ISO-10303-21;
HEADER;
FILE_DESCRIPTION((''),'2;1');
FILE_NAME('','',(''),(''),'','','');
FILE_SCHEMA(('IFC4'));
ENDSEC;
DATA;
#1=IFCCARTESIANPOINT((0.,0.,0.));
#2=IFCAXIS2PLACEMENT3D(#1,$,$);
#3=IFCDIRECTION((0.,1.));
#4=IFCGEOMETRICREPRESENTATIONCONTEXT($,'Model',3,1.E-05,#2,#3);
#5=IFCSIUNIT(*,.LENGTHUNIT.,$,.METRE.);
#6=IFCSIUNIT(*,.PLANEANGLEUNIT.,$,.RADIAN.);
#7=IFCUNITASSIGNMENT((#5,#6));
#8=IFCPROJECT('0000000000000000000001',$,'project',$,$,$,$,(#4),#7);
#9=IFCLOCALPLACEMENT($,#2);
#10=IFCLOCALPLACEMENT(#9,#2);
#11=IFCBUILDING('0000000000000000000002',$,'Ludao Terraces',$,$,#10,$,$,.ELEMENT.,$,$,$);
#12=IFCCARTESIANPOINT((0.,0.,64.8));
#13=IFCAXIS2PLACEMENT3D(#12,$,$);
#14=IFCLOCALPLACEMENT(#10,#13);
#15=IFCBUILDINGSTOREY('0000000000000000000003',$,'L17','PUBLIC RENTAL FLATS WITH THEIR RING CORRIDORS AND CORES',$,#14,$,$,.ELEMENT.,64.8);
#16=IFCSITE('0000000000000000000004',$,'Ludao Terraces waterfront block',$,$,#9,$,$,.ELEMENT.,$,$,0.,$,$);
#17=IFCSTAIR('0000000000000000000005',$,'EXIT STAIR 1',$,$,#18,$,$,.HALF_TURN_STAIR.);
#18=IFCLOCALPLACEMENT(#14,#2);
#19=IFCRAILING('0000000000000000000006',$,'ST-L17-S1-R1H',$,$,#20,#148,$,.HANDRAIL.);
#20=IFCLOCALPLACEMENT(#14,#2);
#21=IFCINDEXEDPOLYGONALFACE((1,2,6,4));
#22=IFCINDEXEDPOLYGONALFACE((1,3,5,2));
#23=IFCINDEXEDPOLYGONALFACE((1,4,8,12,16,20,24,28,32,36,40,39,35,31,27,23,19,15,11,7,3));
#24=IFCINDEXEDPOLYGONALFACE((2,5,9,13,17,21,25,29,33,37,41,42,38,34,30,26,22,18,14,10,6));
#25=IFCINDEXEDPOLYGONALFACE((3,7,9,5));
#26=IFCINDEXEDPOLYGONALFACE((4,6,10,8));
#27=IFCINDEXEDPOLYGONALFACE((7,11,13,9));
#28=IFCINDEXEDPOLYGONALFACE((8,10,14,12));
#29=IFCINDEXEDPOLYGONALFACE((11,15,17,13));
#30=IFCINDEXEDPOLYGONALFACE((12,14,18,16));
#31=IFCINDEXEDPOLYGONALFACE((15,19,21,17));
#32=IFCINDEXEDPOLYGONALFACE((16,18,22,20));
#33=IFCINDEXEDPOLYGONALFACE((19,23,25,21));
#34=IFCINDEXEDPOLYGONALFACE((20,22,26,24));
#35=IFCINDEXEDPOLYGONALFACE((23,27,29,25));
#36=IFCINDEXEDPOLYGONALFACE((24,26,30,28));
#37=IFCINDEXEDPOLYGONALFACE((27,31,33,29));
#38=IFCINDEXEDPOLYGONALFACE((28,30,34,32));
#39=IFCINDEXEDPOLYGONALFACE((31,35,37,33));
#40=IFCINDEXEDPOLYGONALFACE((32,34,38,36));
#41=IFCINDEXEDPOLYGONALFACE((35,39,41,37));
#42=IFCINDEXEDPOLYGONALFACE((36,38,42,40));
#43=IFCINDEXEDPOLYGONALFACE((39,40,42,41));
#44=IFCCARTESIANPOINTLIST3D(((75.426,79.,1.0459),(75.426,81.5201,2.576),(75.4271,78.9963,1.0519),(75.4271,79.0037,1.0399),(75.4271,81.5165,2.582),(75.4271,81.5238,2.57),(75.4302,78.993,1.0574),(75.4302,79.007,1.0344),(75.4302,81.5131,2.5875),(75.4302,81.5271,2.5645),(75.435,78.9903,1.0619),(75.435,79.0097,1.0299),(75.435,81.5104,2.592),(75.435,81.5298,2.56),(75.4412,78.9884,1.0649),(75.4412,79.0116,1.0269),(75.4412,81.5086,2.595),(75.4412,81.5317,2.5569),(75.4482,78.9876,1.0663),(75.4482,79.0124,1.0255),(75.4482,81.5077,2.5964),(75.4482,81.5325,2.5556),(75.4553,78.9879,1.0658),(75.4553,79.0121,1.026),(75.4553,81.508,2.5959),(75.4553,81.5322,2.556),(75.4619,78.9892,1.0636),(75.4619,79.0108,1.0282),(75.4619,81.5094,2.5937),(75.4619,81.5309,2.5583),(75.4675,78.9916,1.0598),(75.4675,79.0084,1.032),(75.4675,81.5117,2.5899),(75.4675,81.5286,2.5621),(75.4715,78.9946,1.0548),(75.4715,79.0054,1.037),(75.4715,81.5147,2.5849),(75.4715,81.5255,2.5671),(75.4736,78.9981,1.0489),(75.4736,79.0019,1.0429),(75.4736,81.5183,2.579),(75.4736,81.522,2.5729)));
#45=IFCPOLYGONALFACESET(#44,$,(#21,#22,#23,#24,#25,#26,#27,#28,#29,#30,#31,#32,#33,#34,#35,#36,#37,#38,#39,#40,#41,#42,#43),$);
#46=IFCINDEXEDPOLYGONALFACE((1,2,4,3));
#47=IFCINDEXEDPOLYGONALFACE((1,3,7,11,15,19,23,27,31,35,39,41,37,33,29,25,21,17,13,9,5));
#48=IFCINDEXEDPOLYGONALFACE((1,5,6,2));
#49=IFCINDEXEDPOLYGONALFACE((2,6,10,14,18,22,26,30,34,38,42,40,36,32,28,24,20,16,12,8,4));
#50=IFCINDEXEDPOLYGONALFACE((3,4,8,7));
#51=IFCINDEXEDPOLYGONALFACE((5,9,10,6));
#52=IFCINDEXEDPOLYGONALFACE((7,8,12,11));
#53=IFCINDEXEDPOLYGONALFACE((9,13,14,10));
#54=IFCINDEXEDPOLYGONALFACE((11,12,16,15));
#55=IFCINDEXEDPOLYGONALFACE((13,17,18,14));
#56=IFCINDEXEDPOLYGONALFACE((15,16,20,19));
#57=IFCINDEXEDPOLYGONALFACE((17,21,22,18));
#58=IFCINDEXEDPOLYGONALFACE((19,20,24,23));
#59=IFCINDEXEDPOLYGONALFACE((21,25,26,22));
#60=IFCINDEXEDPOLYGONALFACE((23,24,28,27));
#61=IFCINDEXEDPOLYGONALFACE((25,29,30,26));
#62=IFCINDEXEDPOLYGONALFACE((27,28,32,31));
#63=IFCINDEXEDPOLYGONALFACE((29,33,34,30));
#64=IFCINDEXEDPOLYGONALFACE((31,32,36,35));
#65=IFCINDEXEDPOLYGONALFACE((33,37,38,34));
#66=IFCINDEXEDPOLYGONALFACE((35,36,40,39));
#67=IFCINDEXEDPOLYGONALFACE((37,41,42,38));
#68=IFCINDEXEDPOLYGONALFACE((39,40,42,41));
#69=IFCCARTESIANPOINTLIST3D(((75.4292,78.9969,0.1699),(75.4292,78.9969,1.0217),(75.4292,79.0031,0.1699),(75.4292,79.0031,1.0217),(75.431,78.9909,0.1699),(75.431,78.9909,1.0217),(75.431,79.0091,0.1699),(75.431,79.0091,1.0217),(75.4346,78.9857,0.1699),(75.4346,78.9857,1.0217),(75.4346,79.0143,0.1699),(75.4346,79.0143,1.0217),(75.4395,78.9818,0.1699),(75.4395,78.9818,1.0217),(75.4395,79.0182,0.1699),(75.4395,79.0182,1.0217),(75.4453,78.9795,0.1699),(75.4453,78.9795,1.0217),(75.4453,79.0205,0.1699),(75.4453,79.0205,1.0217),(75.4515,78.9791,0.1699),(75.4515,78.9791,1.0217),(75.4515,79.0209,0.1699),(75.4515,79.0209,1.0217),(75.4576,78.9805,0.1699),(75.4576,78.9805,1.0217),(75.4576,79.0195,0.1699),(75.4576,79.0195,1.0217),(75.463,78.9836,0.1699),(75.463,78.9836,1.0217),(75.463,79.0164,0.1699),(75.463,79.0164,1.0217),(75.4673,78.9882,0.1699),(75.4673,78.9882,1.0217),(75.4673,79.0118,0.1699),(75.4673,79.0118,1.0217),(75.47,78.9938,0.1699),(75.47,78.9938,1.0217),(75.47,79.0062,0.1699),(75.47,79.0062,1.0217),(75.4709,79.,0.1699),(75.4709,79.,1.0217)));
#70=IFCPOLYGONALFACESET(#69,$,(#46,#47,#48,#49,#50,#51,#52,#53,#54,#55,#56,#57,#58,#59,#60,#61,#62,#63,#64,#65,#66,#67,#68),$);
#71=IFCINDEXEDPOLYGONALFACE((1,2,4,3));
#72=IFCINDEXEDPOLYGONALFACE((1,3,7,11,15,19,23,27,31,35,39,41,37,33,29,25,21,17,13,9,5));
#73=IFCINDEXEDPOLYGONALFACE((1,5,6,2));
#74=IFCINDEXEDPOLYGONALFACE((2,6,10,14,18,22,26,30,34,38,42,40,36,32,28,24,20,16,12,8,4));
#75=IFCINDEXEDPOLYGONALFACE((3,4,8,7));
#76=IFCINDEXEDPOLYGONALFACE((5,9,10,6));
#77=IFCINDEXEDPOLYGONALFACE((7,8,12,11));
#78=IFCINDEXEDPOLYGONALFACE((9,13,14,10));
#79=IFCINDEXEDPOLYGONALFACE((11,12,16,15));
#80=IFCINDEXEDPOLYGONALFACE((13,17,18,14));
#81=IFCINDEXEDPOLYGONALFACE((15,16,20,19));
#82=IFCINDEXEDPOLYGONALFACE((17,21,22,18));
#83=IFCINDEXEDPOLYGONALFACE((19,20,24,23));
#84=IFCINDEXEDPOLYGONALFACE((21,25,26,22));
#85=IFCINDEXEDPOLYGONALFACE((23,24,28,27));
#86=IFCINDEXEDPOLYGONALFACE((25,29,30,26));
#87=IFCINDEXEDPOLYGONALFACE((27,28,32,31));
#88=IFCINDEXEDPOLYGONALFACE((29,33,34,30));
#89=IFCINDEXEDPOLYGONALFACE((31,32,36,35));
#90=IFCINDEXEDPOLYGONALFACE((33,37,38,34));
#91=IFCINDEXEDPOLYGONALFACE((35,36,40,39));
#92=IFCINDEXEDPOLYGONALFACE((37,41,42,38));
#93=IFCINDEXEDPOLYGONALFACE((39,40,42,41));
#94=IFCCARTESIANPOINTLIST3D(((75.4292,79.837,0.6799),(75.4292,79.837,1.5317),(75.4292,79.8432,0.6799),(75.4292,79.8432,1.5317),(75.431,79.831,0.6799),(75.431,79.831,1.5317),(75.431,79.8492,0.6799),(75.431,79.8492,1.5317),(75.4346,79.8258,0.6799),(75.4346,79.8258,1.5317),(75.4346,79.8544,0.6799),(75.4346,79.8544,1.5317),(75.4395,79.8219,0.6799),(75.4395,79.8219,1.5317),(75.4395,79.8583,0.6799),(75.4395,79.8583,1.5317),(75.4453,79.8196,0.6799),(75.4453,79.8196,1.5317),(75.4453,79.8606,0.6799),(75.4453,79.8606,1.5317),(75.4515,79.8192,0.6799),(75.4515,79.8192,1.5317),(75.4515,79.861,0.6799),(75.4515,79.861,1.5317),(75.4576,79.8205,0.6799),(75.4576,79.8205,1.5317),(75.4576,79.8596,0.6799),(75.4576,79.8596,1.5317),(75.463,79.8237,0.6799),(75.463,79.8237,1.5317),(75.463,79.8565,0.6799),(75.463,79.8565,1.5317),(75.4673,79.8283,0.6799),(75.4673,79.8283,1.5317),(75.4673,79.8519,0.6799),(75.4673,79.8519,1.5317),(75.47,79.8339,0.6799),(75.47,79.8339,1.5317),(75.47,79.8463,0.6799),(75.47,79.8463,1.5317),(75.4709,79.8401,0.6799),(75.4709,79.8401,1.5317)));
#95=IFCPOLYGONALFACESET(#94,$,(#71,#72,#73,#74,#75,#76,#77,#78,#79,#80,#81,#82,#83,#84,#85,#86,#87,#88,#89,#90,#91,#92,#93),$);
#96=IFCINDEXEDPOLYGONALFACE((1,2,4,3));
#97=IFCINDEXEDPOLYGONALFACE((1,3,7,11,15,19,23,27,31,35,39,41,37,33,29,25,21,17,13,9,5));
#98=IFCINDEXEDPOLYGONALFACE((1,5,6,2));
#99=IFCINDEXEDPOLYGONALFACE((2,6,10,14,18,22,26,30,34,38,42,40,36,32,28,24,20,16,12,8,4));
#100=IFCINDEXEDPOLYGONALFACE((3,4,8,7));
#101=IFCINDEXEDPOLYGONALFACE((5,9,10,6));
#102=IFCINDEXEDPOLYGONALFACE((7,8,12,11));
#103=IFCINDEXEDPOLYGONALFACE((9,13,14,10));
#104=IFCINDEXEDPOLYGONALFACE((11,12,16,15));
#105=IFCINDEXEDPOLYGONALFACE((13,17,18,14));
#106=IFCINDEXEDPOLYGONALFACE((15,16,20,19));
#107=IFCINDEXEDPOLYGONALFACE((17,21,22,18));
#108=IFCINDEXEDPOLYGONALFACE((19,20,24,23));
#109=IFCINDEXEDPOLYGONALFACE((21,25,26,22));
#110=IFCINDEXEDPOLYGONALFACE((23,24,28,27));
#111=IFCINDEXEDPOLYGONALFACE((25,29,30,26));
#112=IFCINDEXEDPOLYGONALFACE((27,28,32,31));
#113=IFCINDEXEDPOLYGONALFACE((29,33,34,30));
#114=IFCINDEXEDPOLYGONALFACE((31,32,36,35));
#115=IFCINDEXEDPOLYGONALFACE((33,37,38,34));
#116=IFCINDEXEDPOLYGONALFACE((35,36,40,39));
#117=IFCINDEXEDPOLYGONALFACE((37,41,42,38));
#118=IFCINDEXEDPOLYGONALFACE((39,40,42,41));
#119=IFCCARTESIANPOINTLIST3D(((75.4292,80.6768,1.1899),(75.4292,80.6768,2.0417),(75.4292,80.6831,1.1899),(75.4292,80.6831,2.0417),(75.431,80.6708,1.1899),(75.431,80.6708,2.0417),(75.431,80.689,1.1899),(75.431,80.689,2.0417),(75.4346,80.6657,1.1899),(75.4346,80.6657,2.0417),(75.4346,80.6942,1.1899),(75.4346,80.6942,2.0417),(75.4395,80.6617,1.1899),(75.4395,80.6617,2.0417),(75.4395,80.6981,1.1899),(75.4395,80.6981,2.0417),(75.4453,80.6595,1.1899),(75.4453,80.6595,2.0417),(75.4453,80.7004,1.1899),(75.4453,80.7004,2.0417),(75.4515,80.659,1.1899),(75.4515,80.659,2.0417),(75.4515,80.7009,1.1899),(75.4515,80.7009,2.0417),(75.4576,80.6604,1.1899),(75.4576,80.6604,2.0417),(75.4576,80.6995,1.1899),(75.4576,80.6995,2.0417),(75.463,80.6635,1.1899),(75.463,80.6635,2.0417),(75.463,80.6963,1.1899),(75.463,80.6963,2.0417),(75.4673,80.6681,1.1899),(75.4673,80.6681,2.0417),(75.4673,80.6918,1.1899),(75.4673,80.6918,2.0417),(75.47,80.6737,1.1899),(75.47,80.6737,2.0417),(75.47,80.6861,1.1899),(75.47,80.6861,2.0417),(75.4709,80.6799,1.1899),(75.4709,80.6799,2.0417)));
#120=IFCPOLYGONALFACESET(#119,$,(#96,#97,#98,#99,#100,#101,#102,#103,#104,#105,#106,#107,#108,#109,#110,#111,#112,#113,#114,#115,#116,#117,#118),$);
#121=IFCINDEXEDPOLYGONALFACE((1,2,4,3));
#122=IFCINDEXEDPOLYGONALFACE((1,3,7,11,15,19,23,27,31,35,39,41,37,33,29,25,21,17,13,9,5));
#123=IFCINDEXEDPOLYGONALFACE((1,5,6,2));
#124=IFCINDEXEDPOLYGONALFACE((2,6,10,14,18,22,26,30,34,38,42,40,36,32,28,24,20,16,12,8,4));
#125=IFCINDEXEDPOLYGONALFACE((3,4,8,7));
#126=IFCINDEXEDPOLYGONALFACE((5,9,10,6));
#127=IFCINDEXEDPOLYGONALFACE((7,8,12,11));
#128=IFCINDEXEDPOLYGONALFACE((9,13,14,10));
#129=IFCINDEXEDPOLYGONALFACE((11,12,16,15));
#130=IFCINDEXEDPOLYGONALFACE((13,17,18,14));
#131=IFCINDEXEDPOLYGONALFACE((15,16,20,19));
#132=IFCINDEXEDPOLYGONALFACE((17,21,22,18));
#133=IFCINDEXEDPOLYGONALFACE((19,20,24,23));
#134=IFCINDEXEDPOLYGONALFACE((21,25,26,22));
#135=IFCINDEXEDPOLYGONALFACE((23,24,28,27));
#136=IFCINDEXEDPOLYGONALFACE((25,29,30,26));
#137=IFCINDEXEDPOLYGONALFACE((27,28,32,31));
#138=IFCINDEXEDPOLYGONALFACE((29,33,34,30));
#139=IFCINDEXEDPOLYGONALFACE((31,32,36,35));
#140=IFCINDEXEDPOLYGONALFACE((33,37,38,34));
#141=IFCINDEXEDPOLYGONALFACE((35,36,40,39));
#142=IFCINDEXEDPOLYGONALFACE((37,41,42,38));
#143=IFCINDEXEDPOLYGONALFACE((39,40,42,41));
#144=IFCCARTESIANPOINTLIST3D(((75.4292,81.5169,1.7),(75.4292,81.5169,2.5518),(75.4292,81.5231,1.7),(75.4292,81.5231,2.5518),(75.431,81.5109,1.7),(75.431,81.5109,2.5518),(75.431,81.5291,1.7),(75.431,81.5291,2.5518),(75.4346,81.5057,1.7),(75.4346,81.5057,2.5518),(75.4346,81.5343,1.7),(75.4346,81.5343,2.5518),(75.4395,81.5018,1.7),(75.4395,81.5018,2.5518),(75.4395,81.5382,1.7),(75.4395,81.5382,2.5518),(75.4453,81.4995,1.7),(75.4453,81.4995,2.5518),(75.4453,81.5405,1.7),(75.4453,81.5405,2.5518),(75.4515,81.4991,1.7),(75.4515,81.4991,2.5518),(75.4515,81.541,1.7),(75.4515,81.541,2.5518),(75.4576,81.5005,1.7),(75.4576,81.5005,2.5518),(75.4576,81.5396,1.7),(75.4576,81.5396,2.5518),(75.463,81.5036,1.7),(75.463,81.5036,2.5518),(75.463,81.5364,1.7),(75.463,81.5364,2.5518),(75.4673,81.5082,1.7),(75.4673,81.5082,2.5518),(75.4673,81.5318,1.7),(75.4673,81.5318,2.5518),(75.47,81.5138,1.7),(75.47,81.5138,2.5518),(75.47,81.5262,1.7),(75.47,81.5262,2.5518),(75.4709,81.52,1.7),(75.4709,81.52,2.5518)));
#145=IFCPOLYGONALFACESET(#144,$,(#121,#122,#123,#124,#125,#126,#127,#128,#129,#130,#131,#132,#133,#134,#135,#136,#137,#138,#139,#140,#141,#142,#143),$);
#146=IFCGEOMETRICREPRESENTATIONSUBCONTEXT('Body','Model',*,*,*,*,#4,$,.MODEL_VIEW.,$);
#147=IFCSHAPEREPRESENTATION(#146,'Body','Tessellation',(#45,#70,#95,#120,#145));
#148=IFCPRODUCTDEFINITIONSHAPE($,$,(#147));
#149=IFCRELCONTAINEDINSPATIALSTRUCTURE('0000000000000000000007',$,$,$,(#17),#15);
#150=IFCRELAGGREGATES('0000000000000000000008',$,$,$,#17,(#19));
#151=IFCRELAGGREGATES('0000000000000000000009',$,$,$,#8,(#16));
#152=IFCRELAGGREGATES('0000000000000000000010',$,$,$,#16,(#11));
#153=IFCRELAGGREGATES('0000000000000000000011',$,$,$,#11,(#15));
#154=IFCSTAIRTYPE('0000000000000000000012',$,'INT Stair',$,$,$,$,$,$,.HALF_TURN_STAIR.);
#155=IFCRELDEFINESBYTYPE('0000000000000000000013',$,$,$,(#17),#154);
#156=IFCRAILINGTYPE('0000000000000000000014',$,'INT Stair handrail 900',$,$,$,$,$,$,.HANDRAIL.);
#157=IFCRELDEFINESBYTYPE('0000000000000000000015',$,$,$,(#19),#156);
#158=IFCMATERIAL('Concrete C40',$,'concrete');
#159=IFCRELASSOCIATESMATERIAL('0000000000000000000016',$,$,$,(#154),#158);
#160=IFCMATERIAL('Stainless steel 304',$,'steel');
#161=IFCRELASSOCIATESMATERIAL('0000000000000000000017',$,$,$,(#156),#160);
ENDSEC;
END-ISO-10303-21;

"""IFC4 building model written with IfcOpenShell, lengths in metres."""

from ifc_helpers import new_model, si_unit, direction, frame, origin, origin_2d, place, context, subcontext, project, spatial, circle, extrude, material, type_object, element, aggregate, save


model = new_model("IFC4")

# Units and contexts
model_context = context("Model", 3, precision=1e-05, world=origin(), true_north=direction((0.0, 1.0)))
body_context = subcontext(model_context, "Body", "Model", "MODEL_VIEW")
ifc_project = project(units=[si_unit("LENGTHUNIT", "METRE"), si_unit("PLANEANGLEUNIT", "RADIAN")], contexts=[model_context])

# Site, building, storey
site_placement = place(None, origin())
site = spatial("IfcSite", under=ifc_project, at=site_placement, Name="Ludao Terraces waterfront block", CompositionType="ELEMENT", RefElevation=0.0)
building_placement = place(site_placement, origin())
building = spatial("IfcBuilding", under=site, at=building_placement, Name="Ludao Terraces", CompositionType="ELEMENT")
storey_placement = place(building_placement, frame((0.0, 0.0, 64.8)))
storey = spatial("IfcBuildingStorey", under=building, at=storey_placement, Name="L17", Description="PUBLIC RENTAL FLATS WITH THEIR RING CORRIDORS AND CORES", CompositionType="ELEMENT", Elevation=64.8)

# Stair, railing
ifc_material_1 = material(Name="Concrete C40", Category="concrete")
stair_type = type_object("IfcStairType", Name="INT Stair", PredefinedType="HALF_TURN_STAIR", material=ifc_material_1)
stair_placement = place(storey_placement, origin())
stair = element("IfcStair", 1, at=stair_placement, inside=storey, type_object=stair_type, Name="EXIT STAIR 1", PredefinedType="HALF_TURN_STAIR")
ifc_material_2 = material(Name="Stainless steel 304", Category="steel")
railing_type_1 = type_object("IfcRailingType", Name="INT Stair handrail 900", PredefinedType="HANDRAIL", material=ifc_material_2)
railing_1_placement = place(storey_placement, frame((75.45, 79.0, 0.1699)))
railing_1 = element("IfcRailing", 2, at=railing_1_placement, type_object=railing_type_1, Name="ST-L17-S1-R1H", PredefinedType="HANDRAIL", context=body_context, shape_type="SweptSolid", body=[
    extrude(circle(Radius=0.0239, at=origin_2d()), frame((0.0, 0.0, 0.876), z_axis=(0.0, 0.854785, 0.518982), x_axis=(-1.0, 0.0, 0.0)), (0.0, 0.0, 1.0), 2.9482),
    extrude(circle(Radius=0.021, at=origin_2d()), origin(), (0.0, 0.0, 1.0), 0.8518),
    extrude(circle(Radius=0.021, at=origin_2d()), frame((0.0, 0.8401, 0.51)), (0.0, 0.0, 1.0), 0.8518),
    extrude(circle(Radius=0.021, at=origin_2d()), frame((0.0, 1.6799, 1.02)), (0.0, 0.0, 1.0), 0.8518),
    extrude(circle(Radius=0.021, at=origin_2d()), frame((0.0, 2.52, 1.53)), (0.0, 0.0, 1.0), 0.8518),
])
aggregate(stair, [railing_1])

save(model, "model.ifc")
